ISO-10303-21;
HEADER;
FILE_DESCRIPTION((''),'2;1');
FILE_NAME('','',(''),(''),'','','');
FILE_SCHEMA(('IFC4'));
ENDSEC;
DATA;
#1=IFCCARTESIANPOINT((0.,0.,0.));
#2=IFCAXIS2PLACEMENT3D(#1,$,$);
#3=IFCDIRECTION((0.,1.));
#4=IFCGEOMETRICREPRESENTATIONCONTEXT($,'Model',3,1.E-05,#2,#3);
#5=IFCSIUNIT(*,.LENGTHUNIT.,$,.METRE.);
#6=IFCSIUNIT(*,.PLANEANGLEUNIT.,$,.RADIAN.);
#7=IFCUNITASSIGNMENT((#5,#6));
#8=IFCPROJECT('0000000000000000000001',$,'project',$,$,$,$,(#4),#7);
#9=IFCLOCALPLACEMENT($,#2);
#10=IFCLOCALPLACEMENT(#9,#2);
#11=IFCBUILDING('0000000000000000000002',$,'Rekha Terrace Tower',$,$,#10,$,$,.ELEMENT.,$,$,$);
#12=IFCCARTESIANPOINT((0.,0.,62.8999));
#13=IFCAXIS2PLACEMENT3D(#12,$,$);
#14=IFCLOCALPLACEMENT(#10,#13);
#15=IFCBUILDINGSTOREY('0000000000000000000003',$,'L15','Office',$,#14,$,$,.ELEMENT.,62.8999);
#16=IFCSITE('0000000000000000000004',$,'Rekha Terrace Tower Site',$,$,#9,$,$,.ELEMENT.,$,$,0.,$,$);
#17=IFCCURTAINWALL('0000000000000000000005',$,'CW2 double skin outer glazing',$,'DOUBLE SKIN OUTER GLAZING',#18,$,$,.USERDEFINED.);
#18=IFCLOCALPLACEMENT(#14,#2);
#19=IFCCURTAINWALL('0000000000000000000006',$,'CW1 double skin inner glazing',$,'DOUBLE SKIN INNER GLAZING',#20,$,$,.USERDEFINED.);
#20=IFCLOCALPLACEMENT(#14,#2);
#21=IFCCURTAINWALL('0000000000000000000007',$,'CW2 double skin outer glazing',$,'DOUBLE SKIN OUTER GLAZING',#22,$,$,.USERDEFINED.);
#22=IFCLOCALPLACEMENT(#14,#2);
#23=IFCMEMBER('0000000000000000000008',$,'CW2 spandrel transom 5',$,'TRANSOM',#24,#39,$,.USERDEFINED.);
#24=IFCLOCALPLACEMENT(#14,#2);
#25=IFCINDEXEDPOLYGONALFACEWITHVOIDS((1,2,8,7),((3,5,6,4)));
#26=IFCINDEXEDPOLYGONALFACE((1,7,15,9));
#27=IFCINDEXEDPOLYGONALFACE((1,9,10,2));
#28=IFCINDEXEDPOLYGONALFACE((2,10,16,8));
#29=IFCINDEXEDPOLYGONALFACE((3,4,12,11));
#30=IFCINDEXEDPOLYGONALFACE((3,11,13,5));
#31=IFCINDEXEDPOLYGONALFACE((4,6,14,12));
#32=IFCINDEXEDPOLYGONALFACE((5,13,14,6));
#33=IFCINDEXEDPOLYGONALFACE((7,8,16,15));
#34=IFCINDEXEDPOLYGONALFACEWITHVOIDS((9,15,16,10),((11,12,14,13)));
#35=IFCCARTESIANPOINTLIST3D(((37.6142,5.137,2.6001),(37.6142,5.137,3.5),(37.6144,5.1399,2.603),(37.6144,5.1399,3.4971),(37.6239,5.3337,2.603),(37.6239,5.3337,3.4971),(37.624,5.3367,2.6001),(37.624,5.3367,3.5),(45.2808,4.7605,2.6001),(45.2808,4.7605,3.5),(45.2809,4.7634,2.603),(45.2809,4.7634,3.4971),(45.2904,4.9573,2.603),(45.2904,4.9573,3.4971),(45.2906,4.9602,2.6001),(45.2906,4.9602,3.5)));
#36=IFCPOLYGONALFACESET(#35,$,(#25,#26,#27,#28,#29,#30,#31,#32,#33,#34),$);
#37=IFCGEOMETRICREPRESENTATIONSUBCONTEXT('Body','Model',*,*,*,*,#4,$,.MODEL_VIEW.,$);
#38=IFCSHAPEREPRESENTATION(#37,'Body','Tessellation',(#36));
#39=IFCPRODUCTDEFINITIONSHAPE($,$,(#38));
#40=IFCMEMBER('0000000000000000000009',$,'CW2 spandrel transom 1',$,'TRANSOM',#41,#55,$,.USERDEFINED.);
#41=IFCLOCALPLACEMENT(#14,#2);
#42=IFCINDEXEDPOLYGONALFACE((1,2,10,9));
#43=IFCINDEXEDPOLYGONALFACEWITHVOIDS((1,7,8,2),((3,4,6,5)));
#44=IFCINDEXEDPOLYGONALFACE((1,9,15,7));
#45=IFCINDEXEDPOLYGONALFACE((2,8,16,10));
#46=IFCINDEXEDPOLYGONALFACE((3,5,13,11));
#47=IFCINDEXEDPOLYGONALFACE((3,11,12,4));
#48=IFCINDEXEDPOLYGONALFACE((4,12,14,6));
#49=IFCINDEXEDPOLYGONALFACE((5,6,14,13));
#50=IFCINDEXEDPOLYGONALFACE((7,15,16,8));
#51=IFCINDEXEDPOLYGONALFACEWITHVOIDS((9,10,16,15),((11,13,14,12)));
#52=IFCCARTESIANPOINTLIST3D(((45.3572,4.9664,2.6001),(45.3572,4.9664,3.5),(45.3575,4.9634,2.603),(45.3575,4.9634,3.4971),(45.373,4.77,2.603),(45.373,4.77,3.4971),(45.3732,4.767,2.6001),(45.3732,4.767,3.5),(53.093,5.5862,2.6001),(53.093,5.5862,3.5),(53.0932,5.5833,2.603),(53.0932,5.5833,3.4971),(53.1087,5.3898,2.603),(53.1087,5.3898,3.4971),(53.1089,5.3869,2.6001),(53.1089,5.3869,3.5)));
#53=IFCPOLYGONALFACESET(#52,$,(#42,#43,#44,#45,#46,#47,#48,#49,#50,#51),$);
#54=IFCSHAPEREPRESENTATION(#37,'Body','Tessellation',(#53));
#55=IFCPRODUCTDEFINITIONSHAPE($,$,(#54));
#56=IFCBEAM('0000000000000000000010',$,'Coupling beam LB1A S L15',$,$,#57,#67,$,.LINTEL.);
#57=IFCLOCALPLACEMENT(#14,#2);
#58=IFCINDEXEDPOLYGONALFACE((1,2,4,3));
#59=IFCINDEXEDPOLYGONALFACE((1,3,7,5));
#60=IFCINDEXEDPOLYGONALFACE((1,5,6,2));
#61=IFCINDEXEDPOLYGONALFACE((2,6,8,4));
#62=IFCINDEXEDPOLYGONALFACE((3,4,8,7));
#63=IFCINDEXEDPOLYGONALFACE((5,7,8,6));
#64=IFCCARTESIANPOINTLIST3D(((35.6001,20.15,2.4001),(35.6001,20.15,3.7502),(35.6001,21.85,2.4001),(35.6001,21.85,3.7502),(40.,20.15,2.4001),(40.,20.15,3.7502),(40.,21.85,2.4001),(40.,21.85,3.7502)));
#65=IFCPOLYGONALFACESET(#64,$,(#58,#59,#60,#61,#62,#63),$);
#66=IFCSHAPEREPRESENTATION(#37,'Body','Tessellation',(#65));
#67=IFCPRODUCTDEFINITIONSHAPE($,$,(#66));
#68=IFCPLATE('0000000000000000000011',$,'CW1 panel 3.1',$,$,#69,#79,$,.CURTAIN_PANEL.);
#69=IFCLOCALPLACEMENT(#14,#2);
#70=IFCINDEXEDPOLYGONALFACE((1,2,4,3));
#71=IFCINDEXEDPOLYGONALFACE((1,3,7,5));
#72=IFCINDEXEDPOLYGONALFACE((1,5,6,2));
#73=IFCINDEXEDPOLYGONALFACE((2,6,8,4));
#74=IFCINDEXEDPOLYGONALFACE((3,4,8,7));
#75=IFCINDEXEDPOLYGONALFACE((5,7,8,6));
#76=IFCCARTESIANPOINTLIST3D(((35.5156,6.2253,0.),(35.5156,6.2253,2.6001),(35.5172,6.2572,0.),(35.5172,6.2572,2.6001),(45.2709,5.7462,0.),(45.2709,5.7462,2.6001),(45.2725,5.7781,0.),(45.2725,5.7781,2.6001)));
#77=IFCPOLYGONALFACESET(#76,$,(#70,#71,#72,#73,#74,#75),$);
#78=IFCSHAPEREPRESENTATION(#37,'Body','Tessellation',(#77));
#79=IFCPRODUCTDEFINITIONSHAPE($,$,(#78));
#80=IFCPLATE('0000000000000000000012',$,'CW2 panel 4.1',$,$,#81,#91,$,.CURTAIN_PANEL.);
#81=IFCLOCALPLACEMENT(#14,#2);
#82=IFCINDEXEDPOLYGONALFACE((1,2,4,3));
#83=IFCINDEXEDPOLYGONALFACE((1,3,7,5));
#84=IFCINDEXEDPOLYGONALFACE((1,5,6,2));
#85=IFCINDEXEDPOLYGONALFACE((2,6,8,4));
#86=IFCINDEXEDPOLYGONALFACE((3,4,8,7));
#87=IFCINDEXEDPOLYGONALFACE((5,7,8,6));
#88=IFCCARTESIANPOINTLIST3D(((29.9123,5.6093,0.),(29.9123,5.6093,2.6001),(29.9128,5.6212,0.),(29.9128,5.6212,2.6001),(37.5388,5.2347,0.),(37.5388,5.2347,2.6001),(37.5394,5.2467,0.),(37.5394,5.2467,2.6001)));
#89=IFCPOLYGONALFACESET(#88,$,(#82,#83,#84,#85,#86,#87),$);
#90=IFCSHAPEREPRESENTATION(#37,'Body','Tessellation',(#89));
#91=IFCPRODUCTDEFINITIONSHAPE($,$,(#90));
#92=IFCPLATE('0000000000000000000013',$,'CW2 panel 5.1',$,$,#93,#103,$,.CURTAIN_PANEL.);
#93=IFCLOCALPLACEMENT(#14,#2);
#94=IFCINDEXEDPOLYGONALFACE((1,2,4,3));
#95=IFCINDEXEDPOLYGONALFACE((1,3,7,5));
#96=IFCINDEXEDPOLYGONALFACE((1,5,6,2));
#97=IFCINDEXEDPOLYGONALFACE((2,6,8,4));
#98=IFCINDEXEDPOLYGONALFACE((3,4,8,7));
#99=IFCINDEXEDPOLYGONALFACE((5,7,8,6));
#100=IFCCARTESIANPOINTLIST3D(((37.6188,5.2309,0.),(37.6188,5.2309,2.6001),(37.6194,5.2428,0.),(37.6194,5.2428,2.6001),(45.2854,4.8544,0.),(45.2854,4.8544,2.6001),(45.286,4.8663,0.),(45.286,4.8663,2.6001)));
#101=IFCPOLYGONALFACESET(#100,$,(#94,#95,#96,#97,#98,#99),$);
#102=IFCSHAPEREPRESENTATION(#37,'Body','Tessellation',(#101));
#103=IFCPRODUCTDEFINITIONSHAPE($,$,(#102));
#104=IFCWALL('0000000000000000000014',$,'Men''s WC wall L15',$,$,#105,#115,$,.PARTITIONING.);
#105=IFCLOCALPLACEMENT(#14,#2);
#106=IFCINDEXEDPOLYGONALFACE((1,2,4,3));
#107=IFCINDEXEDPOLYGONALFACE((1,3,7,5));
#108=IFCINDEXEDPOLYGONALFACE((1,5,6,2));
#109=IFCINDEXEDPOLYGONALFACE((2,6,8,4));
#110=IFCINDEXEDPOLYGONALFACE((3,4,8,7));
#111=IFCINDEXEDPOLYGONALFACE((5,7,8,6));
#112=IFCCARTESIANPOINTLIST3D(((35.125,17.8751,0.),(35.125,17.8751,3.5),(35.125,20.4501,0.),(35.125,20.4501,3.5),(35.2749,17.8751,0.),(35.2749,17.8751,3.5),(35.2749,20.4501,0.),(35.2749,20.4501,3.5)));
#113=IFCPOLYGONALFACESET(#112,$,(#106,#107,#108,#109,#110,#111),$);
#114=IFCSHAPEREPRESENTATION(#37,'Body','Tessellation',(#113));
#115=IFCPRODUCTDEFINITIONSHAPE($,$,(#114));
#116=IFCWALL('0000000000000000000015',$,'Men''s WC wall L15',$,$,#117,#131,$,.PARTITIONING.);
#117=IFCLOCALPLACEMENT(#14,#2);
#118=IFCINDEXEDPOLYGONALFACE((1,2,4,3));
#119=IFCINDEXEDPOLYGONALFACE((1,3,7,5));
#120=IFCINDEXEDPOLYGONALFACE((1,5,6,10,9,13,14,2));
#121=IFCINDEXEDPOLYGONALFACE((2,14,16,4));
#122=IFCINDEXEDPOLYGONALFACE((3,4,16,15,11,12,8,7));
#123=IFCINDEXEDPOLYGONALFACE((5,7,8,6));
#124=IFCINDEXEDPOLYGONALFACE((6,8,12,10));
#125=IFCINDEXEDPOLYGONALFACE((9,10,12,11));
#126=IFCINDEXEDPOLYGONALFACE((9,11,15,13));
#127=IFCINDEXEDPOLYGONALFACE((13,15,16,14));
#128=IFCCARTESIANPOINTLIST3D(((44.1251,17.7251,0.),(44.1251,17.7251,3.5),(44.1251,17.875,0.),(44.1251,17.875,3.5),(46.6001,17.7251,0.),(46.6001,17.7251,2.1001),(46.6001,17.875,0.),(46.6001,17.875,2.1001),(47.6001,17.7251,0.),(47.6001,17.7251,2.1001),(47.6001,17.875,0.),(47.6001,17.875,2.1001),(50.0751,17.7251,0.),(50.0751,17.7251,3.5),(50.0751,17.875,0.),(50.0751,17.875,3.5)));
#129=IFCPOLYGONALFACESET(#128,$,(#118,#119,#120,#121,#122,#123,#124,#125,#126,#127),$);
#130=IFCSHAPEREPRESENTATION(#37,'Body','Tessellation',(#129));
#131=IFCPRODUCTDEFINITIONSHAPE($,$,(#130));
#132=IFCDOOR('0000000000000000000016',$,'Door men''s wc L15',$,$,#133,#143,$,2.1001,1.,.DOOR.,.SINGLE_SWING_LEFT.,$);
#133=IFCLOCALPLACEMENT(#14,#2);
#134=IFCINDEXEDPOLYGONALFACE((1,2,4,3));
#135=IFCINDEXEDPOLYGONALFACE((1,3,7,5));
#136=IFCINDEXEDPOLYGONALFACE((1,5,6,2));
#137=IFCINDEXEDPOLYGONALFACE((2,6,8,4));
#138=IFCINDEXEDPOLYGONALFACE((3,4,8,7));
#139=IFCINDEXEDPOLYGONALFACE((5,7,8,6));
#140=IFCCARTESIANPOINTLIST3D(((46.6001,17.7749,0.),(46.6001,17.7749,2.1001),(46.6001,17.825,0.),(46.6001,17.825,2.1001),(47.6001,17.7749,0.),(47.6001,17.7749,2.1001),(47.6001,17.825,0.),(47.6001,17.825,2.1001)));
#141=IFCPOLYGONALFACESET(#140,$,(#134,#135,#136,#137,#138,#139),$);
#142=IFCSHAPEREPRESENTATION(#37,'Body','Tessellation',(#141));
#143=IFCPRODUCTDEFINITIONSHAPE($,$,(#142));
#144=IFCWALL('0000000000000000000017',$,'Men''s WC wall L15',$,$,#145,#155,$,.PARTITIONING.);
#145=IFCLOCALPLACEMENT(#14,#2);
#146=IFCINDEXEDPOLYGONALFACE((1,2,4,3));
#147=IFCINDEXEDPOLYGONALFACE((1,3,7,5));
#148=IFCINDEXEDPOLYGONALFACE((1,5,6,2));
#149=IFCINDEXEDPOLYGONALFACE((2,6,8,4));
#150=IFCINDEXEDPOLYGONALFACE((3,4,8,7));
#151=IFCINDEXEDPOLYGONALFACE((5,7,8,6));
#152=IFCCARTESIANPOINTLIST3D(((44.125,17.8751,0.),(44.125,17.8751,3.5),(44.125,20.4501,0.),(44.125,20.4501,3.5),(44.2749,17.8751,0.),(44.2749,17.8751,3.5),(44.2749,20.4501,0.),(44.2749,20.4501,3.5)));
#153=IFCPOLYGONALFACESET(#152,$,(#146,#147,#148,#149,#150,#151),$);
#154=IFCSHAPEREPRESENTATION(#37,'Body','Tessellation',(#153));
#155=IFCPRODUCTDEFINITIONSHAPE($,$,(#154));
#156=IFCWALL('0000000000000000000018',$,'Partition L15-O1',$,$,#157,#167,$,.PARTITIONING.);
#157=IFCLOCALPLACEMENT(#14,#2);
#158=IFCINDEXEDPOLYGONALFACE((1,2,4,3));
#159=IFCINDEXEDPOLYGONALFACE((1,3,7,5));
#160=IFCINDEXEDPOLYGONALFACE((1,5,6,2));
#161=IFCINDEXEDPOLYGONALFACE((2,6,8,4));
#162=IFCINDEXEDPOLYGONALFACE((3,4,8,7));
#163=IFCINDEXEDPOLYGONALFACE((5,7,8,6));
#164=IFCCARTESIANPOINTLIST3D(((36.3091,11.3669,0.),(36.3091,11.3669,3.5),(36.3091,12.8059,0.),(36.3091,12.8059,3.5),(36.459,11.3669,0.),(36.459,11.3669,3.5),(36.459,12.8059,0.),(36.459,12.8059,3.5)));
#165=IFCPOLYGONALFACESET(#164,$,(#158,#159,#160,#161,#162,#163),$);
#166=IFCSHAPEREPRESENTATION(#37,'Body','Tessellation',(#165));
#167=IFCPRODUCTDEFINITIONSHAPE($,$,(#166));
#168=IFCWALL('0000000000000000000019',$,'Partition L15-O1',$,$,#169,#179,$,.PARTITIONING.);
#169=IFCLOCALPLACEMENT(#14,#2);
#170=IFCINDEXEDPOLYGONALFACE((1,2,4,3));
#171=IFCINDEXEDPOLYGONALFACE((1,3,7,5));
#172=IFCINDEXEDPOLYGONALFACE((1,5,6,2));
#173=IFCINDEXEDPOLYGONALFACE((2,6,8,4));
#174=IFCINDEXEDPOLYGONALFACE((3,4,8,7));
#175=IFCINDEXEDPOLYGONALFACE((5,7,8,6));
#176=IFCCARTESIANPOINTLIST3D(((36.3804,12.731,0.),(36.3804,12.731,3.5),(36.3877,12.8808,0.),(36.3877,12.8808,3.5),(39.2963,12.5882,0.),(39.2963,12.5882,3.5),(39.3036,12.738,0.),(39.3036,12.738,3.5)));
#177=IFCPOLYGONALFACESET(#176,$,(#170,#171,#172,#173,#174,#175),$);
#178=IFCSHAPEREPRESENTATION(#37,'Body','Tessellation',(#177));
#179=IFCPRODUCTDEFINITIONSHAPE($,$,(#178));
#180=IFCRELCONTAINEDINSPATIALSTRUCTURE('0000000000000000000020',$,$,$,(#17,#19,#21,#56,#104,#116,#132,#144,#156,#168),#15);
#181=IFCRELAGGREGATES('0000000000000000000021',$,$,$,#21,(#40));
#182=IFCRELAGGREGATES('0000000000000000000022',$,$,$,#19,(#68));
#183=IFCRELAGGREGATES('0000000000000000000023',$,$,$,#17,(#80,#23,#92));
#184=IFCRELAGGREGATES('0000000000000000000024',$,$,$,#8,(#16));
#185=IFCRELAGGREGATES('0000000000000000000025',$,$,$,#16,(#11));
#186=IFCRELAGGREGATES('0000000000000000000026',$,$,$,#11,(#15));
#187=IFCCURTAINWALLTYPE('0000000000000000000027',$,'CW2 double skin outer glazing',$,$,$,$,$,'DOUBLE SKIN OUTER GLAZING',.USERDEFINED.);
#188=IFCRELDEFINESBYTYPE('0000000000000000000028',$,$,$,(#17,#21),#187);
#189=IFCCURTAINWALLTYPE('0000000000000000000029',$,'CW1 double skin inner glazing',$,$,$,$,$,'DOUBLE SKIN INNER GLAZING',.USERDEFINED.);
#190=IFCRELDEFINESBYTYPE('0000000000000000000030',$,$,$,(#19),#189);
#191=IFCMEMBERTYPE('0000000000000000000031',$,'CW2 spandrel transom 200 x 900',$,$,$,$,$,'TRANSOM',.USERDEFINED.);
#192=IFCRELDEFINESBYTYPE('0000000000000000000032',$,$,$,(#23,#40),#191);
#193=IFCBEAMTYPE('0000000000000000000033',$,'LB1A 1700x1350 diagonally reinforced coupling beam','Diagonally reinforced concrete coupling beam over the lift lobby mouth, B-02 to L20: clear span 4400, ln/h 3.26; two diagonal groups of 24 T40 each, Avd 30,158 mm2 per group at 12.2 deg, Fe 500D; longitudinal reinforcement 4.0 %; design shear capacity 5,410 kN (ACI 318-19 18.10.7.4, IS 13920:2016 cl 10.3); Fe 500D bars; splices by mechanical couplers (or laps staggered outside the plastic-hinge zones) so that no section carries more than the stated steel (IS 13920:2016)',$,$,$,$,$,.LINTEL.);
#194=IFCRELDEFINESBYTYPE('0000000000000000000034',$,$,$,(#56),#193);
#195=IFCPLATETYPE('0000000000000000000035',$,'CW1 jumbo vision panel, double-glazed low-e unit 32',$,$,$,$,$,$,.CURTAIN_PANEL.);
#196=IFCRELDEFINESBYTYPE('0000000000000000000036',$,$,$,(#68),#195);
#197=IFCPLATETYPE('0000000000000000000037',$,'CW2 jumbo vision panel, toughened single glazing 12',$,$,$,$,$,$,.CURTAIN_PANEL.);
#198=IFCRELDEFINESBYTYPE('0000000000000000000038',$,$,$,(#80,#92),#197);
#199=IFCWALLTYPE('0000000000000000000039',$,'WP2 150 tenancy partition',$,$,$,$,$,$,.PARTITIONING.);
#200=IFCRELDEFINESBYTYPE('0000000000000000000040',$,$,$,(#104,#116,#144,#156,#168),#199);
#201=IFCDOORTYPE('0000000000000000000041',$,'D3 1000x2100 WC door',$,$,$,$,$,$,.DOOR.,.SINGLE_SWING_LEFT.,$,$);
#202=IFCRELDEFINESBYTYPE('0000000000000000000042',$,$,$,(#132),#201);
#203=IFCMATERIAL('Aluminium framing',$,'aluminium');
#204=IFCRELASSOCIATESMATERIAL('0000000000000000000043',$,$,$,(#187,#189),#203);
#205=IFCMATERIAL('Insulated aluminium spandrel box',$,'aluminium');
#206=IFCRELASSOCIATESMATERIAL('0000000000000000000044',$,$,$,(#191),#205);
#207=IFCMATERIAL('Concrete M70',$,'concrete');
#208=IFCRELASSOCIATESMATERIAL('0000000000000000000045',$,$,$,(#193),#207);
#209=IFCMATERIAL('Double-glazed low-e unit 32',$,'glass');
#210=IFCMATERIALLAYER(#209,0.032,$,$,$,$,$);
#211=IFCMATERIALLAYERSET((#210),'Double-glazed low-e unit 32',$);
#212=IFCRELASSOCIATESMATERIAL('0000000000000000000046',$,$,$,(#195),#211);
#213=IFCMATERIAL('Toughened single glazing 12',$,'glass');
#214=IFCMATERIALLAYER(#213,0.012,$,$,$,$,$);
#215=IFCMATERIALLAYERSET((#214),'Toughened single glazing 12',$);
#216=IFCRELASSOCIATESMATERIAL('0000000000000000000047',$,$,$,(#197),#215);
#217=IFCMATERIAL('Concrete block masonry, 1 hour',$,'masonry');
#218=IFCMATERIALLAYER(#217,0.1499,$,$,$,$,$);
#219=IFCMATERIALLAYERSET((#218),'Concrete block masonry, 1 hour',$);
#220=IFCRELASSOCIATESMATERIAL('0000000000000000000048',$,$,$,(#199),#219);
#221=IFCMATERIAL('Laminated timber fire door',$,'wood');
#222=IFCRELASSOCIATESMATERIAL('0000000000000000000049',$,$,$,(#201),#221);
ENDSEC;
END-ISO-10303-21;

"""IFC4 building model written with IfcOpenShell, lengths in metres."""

from ifc_helpers import new_model, si_unit, direction, frame, frame_2d, origin, origin_2d, place, context, subcontext, project, spatial, rectangle, hollow_rectangle, extrude, material, layer, layer_set, material_profile, profile_set, type_object, element, fill, aggregate, save


model = new_model("IFC4")

# Units and contexts
model_context = context("Model", 3, precision=1e-05, world=origin(), true_north=direction((0.0, 1.0)))
body_context = subcontext(model_context, "Body", "Model", "MODEL_VIEW")
ifc_project = project(units=[si_unit("LENGTHUNIT", "METRE"), si_unit("PLANEANGLEUNIT", "RADIAN")], contexts=[model_context])

# Site, building, storey
site_placement = place(None, origin())
site = spatial("IfcSite", under=ifc_project, at=site_placement, Name="Rekha Terrace Tower Site", CompositionType="ELEMENT", RefElevation=0.0)
building_placement = place(site_placement, origin())
building = spatial("IfcBuilding", under=site, at=building_placement, Name="Rekha Terrace Tower", CompositionType="ELEMENT")
storey_placement = place(building_placement, frame((0.0, 0.0, 62.8999)))
storey = spatial("IfcBuildingStorey", under=building, at=storey_placement, Name="L15", Description="Office", CompositionType="ELEMENT", Elevation=62.8999)

# Shared definitions
ifc_material_1 = material(Name="Concrete M70", Category="concrete")

# Curtain walls
ifc_material_2 = material(Name="Aluminium framing", Category="aluminium")
curtain_wall_type_1 = type_object("IfcCurtainWallType", Name="CW2 double skin outer glazing", ElementType="DOUBLE SKIN OUTER GLAZING", PredefinedType="USERDEFINED", material=ifc_material_2)
curtain_wall_1_placement = place(storey_placement, origin())
curtain_wall_1 = element("IfcCurtainWall", 1, at=curtain_wall_1_placement, inside=storey, type_object=curtain_wall_type_1, Name="CW2 double skin outer glazing", ObjectType="DOUBLE SKIN OUTER GLAZING", PredefinedType="USERDEFINED")
curtain_wall_type_2 = type_object("IfcCurtainWallType", Name="CW1 double skin inner glazing", ElementType="DOUBLE SKIN INNER GLAZING", PredefinedType="USERDEFINED", material=ifc_material_2)
curtain_wall_2_placement = place(storey_placement, origin())
curtain_wall_2 = element("IfcCurtainWall", 2, at=curtain_wall_2_placement, inside=storey, type_object=curtain_wall_type_2, Name="CW1 double skin inner glazing", ObjectType="DOUBLE SKIN INNER GLAZING", PredefinedType="USERDEFINED")

# Shared definitions
ifc_material_3 = material(Name="Insulated aluminium spandrel box", Category="aluminium")

# Curtain wall
curtain_wall_3_placement = place(storey_placement, origin())
curtain_wall_3 = element("IfcCurtainWall", 3, at=curtain_wall_3_placement, inside=storey, type_object=curtain_wall_type_1, Name="CW2 double skin outer glazing", ObjectType="DOUBLE SKIN OUTER GLAZING", PredefinedType="USERDEFINED")

# Members
ifc_material_profile_1 = material_profile(ifc_material_3, hollow_rectangle(XDim=0.2, YDim=0.8999, WallThickness=0.0029, at=origin_2d()), Name="AL SPANDREL BOX 200x900")
ifc_profile_set_1 = profile_set([ifc_material_profile_1], Name="Insulated aluminium spandrel box")
member_type_1 = type_object("IfcMemberType", Name="CW2 spandrel transom 200 x 900", ElementType="TRANSOM", PredefinedType="USERDEFINED", material=ifc_profile_set_1)
member_1_placement = place(storey_placement, frame((37.6191, 5.2368, 3.05), z_axis=(0.998797, -0.049046, 0.0), x_axis=(0.049046, 0.998797, 0.0)))
member_1 = element("IfcMember", 4, at=member_1_placement, type_object=member_type_1, Name="CW2 spandrel transom 5", ObjectType="TRANSOM", PredefinedType="USERDEFINED", context=body_context, shape_type="SweptSolid", body=[
    extrude(hollow_rectangle(XDim=0.2, YDim=0.8999, WallThickness=0.0029, at=origin_2d()), origin(), (0.0, 0.0, 1.0), 7.6758),
])
member_2_placement = place(storey_placement, frame((45.3652, 4.8667, 3.05), z_axis=(0.996805, 0.079877, 0.0), x_axis=(-0.079877, 0.996805, 0.0)))
member_2 = element("IfcMember", 5, at=member_2_placement, type_object=member_type_1, Name="CW2 spandrel transom 1", ObjectType="TRANSOM", PredefinedType="USERDEFINED", context=body_context, shape_type="SweptSolid", body=[
    extrude(hollow_rectangle(XDim=0.2, YDim=0.8999, WallThickness=0.0029, at=origin_2d()), origin(), (0.0, 0.0, 1.0), 7.7605),
])
aggregate(curtain_wall_3, [member_2])

# Beam
ifc_material_profile_2 = material_profile(ifc_material_1, rectangle(XDim=1.7, YDim=1.3501, at=origin_2d()), Name="RC 1700x1350")
ifc_profile_set_2 = profile_set([ifc_material_profile_2], Name="Concrete M70")
beam_type = type_object("IfcBeamType", Name="LB1A 1700x1350 diagonally reinforced coupling beam", Description="Diagonally reinforced concrete coupling beam over the lift lobby mouth, B-02 to L20: clear span 4400, ln/h 3.26; two diagonal groups of 24 T40 each, Avd 30,158 mm2 per group at 12.2 deg, Fe 500D; longitudinal reinforcement 4.0 %; design shear capacity 5,410 kN (ACI 318-19 18.10.7.4, IS 13920:2016 cl 10.3); Fe 500D bars; splices by mechanical couplers (or laps staggered outside the plastic-hinge zones) so that no section carries more than the stated steel (IS 13920:2016)", PredefinedType="LINTEL", material=ifc_profile_set_2)
beam_placement = place(storey_placement, frame((35.6001, 21.0, 3.0752), z_axis=(1.0, 0.0, 0.0), x_axis=(0.0, 1.0, 0.0)))
element("IfcBeam", 6, at=beam_placement, inside=storey, type_object=beam_type, Name="Coupling beam LB1A S L15", PredefinedType="LINTEL", context=body_context, shape_type="SweptSolid", body=[
    extrude(rectangle(XDim=1.7, YDim=1.3501, at=origin_2d()), origin(), (0.0, 0.0, 1.0), 4.3999),
])

# Plates
ifc_material_4 = material(Name="Double-glazed low-e unit 32", Category="glass")
ifc_layer_1 = layer(ifc_material_4, 0.032)
ifc_layer_set_1 = layer_set([ifc_layer_1], Name="Double-glazed low-e unit 32")
plate_type_1 = type_object("IfcPlateType", Name="CW1 jumbo vision panel, double-glazed low-e unit 32", PredefinedType="CURTAIN_PANEL", material=ifc_layer_set_1)
plate_1_placement = place(storey_placement, frame((40.394, 6.0017, 0.0), z_axis=(0.0, 0.0, 1.0), x_axis=(0.998796, -0.049052, 0.0)))
plate_1 = element("IfcPlate", 7, at=plate_1_placement, type_object=plate_type_1, Name="CW1 panel 3.1", PredefinedType="CURTAIN_PANEL", context=body_context, shape_type="SweptSolid", body=[
    extrude(rectangle(XDim=9.7671, YDim=0.032, at=origin_2d()), origin(), (0.0, 0.0, 1.0), 2.6001),
])
aggregate(curtain_wall_2, [plate_1])
ifc_material_5 = material(Name="Toughened single glazing 12", Category="glass")
ifc_layer_2 = layer(ifc_material_5, 0.012)
ifc_layer_set_2 = layer_set([ifc_layer_2], Name="Toughened single glazing 12")
plate_type_2 = type_object("IfcPlateType", Name="CW2 jumbo vision panel, toughened single glazing 12", PredefinedType="CURTAIN_PANEL", material=ifc_layer_set_2)
plate_2_placement = place(storey_placement, frame((33.7258, 5.428, 0.0), z_axis=(0.0, 0.0, 1.0), x_axis=(0.998796, -0.049052, 0.0)))
plate_2 = element("IfcPlate", 8, at=plate_2_placement, type_object=plate_type_2, Name="CW2 panel 4.1", PredefinedType="CURTAIN_PANEL", context=body_context, shape_type="SweptSolid", body=[
    extrude(rectangle(XDim=7.6357, YDim=0.012, at=origin_2d()), origin(), (0.0, 0.0, 1.0), 2.6001),
])
plate_3_placement = place(storey_placement, frame((41.4524, 5.0486, 0.0), z_axis=(0.0, 0.0, 1.0), x_axis=(0.998796, -0.049052, 0.0)))
plate_3 = element("IfcPlate", 9, at=plate_3_placement, type_object=plate_type_2, Name="CW2 panel 5.1", PredefinedType="CURTAIN_PANEL", context=body_context, shape_type="SweptSolid", body=[
    extrude(rectangle(XDim=7.6758, YDim=0.012, at=origin_2d()), origin(), (0.0, 0.0, 1.0), 2.6001),
])
aggregate(curtain_wall_1, [plate_2, member_1, plate_3])

# Wall
ifc_material_6 = material(Name="Concrete block masonry, 1 hour", Category="masonry")
ifc_layer_3 = layer(ifc_material_6, 0.1499)
ifc_layer_set_3 = layer_set([ifc_layer_3], Name="Concrete block masonry, 1 hour")
wall_type_1 = type_object("IfcWallType", Name="WP2 150 tenancy partition", PredefinedType="PARTITIONING", material=ifc_layer_set_3)
wall_1_placement = place(storey_placement, frame((35.2, 17.875, 0.0), z_axis=(0.0, 0.0, 1.0), x_axis=(0.0, 1.0, 0.0)))
element("IfcWall", 10, at=wall_1_placement, inside=storey, type_object=wall_type_1, Name="Men's WC wall L15", PredefinedType="PARTITIONING", context=body_context, shape_type="SweptSolid", body=[
    extrude(rectangle(XDim=2.575, YDim=0.1499, at=frame_2d((1.2876, 0.0))), origin(), (0.0, 0.0, 1.0), 3.5),
])

# Wall, opening, door
wall_2_placement = place(storey_placement, frame((44.125, 17.8, 0.0), z_axis=(0.0, 0.0, 1.0), x_axis=(1.0, 0.0, 0.0)))
wall_2 = element("IfcWall", 11, at=wall_2_placement, inside=storey, type_object=wall_type_1, Name="Men's WC wall L15", PredefinedType="PARTITIONING", context=body_context, shape_type="SweptSolid", body=[
    extrude(rectangle(XDim=5.95, YDim=0.1499, at=frame_2d((2.9751, 0.0))), origin(), (0.0, 0.0, 1.0), 3.5),
])
opening_1_placement = place(wall_2_placement, frame((2.4751, 0.0, 0.0)))
opening_1 = element("IfcOpeningElement", 12, at=opening_1_placement, cuts=wall_2, PredefinedType="OPENING", context=body_context, shape_type="SweptSolid", body=[
    extrude(rectangle(XDim=1.0, YDim=2.1001, at=frame_2d((0.5, 1.05))), frame((0.0, 0.085, 0.0), z_axis=(0.0, -1.0, 0.0), x_axis=(1.0, 0.0, 0.0)), (0.0, 0.0, 1.0), 0.1699),
])
ifc_material_7 = material(Name="Laminated timber fire door", Category="wood")
door_type_1 = type_object("IfcDoorType", Name="D3 1000x2100 WC door", OperationType="SINGLE_SWING_LEFT", PredefinedType="DOOR", material=ifc_material_7)
door_1_placement = place(opening_1_placement, origin())
door_1 = element("IfcDoor", 13, at=door_1_placement, inside=storey, type_object=door_type_1, Name="Door men's wc L15", OperationType="SINGLE_SWING_LEFT", OverallHeight=2.1001, OverallWidth=1.0, PredefinedType="DOOR", context=body_context, shape_type="SweptSolid", body=[
    extrude(rectangle(XDim=1.0, YDim=2.1001, at=frame_2d((0.5, 1.05))), frame((0.0, 0.0249, 0.0), z_axis=(0.0, -1.0, 0.0), x_axis=(1.0, 0.0, 0.0)), (0.0, 0.0, 1.0), 0.05),
])
fill(opening_1, door_1)

# Walls
wall_3_placement = place(storey_placement, frame((44.2, 17.875, 0.0), z_axis=(0.0, 0.0, 1.0), x_axis=(0.0, 1.0, 0.0)))
element("IfcWall", 14, at=wall_3_placement, inside=storey, type_object=wall_type_1, Name="Men's WC wall L15", PredefinedType="PARTITIONING", context=body_context, shape_type="SweptSolid", body=[
    extrude(rectangle(XDim=2.575, YDim=0.1499, at=frame_2d((1.2876, 0.0))), origin(), (0.0, 0.0, 1.0), 3.5),
])
wall_4_placement = place(storey_placement, frame((36.384, 11.3669, 0.0), z_axis=(0.0, 0.0, 1.0), x_axis=(0.0, 1.0, 0.0)))
element("IfcWall", 15, at=wall_4_placement, inside=storey, type_object=wall_type_1, Name="Partition L15-O1", PredefinedType="PARTITIONING", context=body_context, shape_type="SweptSolid", body=[
    extrude(rectangle(XDim=1.439, YDim=0.1499, at=frame_2d((0.7195, 0.0))), origin(), (0.0, 0.0, 1.0), 3.5),
])
wall_5_placement = place(storey_placement, frame((36.384, 12.8059, 0.0), z_axis=(0.0, 0.0, 1.0), x_axis=(0.998803, -0.04892, 0.0)))
element("IfcWall", 16, at=wall_5_placement, inside=storey, type_object=wall_type_1, Name="Partition L15-O1", PredefinedType="PARTITIONING", context=body_context, shape_type="SweptSolid", body=[
    extrude(rectangle(XDim=2.9194, YDim=0.1499, at=frame_2d((1.4597, 0.0))), origin(), (0.0, 0.0, 1.0), 3.5),
])

save(model, "model.ifc")
